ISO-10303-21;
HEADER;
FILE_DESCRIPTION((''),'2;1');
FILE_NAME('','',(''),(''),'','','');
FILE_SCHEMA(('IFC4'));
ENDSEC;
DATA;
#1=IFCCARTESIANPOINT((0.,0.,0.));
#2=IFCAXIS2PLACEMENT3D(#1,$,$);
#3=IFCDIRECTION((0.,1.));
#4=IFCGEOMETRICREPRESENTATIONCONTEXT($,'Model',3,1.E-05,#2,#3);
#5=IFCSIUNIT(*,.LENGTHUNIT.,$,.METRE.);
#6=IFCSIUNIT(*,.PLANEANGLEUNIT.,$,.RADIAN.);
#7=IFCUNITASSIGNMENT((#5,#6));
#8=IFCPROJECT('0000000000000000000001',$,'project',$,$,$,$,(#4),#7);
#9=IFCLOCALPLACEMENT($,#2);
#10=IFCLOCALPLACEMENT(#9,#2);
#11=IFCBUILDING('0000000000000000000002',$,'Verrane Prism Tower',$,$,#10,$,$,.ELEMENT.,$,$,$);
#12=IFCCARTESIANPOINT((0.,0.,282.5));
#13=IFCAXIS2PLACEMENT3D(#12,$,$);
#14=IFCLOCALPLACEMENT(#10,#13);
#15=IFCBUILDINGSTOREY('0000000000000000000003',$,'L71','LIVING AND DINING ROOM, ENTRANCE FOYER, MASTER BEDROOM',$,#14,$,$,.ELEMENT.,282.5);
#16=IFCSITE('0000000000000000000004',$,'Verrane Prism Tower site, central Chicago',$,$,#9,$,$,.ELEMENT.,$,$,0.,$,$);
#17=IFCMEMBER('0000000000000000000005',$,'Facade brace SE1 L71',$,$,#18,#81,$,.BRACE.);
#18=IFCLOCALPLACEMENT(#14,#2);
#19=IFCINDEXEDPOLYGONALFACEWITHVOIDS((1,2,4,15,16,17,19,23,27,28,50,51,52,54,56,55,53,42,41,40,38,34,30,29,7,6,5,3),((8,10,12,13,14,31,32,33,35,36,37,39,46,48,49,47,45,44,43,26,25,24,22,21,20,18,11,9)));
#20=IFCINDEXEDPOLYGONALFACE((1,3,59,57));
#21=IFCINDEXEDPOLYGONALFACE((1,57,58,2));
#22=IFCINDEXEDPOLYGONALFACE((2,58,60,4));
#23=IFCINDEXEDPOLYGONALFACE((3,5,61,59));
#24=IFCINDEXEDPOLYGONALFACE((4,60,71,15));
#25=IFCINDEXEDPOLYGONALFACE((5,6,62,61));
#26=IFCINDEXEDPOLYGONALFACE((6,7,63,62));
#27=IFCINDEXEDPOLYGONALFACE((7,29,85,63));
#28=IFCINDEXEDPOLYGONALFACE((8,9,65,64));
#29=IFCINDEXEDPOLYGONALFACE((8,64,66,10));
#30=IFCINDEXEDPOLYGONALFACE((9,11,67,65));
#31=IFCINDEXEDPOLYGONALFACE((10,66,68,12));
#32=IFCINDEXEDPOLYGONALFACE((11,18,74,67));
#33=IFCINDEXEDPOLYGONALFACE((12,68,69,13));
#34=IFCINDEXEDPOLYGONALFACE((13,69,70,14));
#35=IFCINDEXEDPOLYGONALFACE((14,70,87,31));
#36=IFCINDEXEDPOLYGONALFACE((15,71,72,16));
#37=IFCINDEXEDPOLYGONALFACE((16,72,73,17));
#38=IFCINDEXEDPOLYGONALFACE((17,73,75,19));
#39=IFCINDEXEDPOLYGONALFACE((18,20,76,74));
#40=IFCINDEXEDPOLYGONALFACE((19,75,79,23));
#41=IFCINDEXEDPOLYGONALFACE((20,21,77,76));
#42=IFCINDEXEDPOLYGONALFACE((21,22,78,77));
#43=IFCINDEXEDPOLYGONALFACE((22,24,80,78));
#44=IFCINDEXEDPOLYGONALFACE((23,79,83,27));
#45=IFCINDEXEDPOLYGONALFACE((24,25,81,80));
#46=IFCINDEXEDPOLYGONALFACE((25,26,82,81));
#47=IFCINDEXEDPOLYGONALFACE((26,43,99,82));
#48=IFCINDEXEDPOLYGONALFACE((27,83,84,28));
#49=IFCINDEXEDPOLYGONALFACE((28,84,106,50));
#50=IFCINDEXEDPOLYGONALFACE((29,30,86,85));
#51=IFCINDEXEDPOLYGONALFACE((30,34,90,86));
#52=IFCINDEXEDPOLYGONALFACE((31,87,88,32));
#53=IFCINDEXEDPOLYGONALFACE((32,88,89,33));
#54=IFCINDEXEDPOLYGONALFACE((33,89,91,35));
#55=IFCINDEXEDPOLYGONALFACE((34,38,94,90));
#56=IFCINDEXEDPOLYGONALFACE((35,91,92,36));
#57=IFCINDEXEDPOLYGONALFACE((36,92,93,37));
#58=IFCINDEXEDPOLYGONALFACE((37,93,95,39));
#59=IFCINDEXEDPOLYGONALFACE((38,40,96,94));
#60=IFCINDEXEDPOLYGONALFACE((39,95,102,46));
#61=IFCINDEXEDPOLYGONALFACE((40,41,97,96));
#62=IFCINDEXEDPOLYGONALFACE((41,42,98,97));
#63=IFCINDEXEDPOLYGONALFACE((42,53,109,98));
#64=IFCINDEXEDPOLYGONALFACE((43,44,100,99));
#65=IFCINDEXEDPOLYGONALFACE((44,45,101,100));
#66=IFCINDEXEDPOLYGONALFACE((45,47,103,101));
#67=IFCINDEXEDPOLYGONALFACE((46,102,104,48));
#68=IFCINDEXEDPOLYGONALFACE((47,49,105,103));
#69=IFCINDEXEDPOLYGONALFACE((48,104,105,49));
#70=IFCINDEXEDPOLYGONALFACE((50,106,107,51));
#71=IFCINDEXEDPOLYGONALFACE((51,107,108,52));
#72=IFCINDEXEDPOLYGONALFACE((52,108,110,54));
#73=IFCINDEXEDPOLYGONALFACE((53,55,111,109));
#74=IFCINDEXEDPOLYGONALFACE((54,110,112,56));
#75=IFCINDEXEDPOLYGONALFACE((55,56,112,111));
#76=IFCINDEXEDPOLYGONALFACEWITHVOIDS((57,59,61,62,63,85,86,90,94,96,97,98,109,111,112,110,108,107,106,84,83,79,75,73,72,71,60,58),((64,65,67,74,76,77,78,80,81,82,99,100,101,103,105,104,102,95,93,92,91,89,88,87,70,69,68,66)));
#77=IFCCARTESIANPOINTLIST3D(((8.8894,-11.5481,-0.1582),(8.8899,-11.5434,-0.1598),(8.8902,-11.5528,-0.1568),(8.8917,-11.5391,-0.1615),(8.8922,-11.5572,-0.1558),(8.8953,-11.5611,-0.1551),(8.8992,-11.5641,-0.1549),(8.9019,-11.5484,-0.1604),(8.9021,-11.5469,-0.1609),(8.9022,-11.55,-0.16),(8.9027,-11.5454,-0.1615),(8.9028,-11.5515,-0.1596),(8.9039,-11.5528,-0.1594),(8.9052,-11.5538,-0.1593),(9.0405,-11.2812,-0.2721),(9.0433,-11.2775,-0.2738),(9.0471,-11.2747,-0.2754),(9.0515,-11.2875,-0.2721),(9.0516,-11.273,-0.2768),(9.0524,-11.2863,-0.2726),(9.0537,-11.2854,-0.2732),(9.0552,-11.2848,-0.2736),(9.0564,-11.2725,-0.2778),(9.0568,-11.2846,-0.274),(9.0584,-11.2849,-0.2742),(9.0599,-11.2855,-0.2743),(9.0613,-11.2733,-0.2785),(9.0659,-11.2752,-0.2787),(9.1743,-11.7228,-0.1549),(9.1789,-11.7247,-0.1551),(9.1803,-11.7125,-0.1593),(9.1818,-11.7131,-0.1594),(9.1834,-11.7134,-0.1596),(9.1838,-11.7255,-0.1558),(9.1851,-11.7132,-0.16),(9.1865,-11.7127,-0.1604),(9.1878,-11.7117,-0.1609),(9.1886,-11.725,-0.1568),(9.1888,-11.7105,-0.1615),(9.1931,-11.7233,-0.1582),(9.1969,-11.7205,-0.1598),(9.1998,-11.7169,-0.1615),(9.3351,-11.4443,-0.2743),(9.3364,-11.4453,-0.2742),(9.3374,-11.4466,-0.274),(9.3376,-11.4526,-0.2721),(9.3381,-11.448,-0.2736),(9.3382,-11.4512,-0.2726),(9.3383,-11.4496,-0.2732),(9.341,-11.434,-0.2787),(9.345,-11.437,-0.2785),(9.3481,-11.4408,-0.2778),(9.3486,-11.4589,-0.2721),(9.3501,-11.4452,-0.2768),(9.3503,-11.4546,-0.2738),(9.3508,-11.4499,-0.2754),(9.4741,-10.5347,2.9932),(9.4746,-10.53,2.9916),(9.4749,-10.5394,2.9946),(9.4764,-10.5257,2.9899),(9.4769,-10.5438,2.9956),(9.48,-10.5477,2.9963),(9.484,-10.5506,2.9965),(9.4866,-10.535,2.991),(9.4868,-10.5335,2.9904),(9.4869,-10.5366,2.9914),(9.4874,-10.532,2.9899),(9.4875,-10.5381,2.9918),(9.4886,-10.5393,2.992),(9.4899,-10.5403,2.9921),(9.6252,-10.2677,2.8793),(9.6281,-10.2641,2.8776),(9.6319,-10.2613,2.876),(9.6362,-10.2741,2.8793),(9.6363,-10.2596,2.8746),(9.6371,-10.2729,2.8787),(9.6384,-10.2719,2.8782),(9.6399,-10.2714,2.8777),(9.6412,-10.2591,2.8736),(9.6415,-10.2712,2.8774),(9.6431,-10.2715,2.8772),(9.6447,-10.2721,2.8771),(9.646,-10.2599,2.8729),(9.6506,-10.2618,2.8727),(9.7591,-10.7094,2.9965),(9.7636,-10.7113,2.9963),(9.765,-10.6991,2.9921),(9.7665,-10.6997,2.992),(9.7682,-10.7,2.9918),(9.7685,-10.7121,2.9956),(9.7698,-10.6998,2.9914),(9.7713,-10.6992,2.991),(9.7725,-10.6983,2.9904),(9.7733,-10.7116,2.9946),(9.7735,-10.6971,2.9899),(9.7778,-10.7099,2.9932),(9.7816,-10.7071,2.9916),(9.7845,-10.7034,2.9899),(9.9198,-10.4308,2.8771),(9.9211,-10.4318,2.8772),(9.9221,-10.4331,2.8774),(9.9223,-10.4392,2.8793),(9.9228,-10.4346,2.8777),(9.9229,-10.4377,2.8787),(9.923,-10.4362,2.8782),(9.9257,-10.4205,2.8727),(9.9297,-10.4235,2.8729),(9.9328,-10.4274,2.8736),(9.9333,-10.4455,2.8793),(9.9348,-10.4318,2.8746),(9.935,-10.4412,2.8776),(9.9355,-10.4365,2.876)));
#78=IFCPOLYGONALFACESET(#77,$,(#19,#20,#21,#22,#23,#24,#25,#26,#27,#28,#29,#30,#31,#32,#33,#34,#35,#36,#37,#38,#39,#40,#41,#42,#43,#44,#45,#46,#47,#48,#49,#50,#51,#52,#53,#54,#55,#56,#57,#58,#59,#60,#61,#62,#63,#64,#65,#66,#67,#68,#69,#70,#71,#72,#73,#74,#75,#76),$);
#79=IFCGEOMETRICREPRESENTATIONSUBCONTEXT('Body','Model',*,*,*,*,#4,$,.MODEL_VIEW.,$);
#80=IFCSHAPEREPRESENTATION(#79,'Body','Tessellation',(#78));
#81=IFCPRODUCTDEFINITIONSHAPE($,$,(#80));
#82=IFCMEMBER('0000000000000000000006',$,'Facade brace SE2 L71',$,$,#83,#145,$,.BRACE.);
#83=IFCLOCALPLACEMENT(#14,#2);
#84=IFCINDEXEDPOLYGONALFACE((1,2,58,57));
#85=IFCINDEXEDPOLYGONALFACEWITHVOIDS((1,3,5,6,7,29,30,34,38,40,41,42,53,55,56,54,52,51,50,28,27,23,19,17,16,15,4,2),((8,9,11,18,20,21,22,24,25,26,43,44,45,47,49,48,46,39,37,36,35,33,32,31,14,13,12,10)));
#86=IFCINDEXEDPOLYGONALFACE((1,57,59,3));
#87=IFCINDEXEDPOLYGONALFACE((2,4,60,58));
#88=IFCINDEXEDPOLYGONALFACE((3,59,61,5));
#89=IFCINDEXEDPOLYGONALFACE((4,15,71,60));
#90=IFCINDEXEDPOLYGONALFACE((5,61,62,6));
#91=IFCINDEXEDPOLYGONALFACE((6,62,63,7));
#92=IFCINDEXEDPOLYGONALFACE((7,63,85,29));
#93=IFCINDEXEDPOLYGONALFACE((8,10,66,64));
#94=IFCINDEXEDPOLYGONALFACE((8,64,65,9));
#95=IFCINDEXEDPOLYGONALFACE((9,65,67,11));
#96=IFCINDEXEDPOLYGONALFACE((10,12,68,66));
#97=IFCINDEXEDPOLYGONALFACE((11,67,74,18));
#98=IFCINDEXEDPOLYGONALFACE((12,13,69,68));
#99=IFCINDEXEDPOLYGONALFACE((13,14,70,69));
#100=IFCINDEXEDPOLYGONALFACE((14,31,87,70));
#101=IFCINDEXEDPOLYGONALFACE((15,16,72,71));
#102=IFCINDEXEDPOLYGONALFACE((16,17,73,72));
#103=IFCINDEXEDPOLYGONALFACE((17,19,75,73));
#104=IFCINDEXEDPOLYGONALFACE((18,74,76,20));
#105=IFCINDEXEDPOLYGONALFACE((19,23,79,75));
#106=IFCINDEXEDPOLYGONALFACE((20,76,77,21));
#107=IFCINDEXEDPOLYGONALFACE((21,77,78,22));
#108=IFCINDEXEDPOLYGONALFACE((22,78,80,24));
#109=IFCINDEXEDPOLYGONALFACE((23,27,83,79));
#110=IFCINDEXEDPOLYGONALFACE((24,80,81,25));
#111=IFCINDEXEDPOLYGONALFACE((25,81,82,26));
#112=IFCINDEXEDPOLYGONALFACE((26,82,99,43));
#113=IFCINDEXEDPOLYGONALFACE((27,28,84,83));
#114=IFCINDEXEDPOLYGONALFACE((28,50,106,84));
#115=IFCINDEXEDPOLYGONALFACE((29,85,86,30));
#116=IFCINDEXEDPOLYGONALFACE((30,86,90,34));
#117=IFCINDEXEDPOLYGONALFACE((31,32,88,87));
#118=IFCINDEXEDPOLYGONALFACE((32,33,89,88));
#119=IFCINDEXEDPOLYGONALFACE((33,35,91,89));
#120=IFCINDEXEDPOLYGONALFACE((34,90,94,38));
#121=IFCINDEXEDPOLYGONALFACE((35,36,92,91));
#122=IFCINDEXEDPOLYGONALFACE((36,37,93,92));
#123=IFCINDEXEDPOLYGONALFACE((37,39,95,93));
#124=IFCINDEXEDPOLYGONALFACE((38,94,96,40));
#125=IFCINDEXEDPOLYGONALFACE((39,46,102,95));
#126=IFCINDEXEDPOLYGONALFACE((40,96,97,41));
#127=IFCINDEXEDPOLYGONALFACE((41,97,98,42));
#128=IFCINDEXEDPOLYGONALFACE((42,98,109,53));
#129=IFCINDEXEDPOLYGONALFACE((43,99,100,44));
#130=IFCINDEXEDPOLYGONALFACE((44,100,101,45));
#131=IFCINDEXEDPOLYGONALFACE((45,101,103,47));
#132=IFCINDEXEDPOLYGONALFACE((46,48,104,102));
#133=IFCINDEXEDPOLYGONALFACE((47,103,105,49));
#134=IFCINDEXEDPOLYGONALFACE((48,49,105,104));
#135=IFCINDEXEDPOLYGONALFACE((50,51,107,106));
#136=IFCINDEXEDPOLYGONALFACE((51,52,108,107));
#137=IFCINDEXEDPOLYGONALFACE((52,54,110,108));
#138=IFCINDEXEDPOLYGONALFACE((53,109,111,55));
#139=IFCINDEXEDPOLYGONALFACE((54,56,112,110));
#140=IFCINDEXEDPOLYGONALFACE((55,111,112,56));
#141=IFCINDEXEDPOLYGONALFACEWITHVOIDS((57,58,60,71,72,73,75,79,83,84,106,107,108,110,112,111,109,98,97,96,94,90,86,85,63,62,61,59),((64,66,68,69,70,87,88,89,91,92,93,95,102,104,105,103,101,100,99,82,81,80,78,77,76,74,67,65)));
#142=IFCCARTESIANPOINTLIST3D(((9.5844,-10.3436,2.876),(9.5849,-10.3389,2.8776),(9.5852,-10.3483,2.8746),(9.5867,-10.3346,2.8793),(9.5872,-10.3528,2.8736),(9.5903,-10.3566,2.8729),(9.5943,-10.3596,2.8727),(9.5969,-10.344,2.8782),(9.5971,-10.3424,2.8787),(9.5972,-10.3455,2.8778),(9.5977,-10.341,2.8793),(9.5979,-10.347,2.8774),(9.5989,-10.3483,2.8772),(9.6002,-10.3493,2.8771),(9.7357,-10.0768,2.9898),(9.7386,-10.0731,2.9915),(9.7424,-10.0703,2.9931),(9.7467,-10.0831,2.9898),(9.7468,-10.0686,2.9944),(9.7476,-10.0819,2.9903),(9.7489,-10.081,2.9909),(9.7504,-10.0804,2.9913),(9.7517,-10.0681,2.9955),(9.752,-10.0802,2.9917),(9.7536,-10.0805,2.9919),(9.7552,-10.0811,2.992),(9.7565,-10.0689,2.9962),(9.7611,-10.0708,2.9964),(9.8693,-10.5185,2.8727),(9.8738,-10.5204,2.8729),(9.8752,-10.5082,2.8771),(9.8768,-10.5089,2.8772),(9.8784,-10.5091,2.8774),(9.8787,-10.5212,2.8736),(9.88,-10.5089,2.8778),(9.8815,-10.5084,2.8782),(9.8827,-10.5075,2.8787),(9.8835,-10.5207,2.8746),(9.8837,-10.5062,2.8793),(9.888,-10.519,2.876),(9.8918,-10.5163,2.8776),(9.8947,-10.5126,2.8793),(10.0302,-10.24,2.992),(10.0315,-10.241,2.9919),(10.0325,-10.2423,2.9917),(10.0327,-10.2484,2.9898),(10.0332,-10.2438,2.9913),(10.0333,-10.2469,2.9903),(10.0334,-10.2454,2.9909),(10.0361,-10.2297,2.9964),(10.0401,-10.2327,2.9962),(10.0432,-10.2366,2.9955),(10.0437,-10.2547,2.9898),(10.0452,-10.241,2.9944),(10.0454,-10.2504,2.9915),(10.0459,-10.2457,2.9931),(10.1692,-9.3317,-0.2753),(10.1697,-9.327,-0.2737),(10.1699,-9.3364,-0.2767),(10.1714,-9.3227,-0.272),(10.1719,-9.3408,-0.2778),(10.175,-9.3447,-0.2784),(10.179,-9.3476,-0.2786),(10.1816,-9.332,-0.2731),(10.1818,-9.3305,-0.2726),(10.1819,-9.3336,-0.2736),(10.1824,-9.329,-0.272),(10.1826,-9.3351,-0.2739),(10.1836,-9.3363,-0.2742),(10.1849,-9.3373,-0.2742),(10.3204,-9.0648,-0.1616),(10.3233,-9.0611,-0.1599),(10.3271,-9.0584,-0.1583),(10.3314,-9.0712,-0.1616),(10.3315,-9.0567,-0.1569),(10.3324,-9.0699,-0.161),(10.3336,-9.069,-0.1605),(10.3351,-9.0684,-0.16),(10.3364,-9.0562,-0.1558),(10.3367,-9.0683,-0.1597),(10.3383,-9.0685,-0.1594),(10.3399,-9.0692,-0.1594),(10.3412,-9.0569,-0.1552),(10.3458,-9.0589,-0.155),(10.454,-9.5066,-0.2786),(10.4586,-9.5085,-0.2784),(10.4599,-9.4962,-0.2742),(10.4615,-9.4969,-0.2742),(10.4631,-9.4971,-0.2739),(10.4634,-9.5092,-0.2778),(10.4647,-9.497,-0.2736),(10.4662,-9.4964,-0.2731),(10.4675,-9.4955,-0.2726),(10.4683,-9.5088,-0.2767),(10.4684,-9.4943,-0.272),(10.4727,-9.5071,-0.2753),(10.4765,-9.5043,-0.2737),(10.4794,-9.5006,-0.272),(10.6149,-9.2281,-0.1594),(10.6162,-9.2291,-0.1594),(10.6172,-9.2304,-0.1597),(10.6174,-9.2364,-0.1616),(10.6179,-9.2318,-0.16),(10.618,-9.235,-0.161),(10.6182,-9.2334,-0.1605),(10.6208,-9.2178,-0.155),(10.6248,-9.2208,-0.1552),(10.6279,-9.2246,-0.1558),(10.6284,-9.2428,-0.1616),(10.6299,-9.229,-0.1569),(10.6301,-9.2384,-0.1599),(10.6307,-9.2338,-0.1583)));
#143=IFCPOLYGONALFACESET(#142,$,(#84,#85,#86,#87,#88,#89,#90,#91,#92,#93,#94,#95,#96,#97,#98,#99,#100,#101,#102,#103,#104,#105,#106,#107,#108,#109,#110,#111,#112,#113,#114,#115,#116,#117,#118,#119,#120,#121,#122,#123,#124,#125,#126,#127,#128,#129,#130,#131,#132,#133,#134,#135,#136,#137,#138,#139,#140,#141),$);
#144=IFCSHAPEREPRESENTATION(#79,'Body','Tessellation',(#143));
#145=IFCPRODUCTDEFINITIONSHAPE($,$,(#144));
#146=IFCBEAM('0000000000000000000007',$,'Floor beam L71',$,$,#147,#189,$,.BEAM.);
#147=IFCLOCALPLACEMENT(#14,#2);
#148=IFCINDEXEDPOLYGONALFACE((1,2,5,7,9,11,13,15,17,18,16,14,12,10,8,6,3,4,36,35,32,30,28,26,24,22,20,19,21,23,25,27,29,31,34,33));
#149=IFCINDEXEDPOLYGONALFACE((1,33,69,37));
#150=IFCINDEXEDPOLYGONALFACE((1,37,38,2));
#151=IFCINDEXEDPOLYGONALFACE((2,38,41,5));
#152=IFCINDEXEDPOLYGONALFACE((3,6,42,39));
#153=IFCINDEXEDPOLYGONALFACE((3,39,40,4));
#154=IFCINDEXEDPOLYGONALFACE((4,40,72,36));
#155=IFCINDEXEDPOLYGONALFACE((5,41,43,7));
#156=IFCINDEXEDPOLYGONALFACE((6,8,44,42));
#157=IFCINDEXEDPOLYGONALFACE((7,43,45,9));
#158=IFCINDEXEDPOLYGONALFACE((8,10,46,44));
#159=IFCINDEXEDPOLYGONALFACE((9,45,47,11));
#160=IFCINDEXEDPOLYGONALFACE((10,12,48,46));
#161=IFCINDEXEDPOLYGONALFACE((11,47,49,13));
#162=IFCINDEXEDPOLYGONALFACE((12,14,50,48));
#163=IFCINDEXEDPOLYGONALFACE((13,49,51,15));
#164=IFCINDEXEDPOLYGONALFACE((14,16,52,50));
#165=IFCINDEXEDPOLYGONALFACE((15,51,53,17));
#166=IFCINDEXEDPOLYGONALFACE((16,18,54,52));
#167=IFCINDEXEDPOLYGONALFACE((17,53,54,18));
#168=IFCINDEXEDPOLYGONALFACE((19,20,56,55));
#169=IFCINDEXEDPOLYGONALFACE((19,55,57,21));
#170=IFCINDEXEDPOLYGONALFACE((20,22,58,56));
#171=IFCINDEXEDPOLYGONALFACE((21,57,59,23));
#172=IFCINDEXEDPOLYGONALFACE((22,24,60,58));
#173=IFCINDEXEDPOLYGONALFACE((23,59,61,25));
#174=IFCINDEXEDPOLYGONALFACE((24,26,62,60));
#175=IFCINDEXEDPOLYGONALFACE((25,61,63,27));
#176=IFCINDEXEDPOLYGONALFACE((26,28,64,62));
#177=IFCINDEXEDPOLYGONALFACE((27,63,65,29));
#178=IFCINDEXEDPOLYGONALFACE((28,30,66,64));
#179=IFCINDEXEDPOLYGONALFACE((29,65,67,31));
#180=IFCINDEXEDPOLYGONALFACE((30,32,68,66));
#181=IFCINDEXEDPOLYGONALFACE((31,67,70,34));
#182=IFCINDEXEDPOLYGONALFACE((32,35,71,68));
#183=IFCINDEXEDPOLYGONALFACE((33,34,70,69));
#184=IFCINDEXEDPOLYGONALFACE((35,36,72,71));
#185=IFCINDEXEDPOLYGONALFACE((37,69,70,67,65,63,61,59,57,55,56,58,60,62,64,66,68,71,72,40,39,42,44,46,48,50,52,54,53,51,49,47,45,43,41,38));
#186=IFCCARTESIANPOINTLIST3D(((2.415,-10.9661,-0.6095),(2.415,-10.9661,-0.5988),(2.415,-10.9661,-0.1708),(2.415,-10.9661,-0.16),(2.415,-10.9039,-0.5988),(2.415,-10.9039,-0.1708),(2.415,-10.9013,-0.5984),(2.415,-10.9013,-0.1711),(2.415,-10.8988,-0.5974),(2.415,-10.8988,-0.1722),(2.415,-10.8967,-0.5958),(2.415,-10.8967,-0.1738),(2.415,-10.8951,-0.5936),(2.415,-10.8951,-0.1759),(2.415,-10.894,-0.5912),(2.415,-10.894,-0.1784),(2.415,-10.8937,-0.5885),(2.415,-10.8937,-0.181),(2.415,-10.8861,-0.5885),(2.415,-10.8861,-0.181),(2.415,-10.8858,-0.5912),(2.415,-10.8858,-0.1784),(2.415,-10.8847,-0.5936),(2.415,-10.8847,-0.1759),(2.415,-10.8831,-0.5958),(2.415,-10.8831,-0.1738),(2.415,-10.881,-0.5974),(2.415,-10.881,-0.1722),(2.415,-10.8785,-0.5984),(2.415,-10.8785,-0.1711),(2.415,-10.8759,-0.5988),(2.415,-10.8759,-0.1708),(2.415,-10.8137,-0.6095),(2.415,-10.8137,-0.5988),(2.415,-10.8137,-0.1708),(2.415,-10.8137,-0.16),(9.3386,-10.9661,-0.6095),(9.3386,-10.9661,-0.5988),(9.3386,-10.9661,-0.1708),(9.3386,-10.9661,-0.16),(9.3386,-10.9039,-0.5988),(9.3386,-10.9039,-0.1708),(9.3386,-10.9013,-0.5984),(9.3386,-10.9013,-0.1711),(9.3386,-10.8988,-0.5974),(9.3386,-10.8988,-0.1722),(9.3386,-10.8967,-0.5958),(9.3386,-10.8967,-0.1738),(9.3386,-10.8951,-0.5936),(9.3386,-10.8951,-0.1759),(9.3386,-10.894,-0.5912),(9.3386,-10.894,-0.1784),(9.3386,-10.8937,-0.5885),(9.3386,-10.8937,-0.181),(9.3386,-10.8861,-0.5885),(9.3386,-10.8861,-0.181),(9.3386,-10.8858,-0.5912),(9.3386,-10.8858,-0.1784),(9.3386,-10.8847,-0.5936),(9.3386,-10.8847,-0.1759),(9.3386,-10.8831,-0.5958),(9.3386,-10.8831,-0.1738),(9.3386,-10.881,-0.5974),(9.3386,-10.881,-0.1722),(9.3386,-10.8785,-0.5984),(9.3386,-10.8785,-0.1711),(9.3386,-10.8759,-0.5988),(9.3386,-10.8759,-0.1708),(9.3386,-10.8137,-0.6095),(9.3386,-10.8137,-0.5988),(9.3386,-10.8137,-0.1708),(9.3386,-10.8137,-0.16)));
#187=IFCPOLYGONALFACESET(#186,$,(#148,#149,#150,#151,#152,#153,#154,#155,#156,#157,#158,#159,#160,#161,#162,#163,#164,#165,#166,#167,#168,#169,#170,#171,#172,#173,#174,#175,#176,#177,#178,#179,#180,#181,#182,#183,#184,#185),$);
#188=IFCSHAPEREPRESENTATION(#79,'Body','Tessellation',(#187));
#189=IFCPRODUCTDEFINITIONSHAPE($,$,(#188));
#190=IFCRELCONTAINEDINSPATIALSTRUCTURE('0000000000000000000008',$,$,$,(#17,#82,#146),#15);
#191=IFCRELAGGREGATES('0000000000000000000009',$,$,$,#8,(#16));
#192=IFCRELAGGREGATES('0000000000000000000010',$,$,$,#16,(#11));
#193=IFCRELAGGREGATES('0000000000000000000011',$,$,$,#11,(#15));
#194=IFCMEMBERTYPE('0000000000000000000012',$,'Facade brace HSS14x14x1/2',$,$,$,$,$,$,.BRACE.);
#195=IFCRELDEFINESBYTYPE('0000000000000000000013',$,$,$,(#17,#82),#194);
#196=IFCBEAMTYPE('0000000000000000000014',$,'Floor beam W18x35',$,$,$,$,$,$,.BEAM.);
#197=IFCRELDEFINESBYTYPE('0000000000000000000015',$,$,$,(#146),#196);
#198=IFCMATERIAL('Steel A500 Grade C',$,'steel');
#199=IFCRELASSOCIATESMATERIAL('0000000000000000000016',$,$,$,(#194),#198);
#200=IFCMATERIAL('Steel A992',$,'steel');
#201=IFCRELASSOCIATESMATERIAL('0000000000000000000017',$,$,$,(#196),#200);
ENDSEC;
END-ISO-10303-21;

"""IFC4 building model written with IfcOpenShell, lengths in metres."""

from ifc_helpers import new_model, si_unit, direction, frame, origin, origin_2d, place, context, subcontext, project, spatial, hollow_rectangle, i_section, extrude, material, material_profile, profile_set, type_object, element, save


model = new_model("IFC4")

# Units and contexts
model_context = context("Model", 3, precision=1e-05, world=origin(), true_north=direction((0.0, 1.0)))
body_context = subcontext(model_context, "Body", "Model", "MODEL_VIEW")
ifc_project = project(units=[si_unit("LENGTHUNIT", "METRE"), si_unit("PLANEANGLEUNIT", "RADIAN")], contexts=[model_context])

# Site, building, storey
site_placement = place(None, origin())
site = spatial("IfcSite", under=ifc_project, at=site_placement, Name="Verrane Prism Tower site, central Chicago", CompositionType="ELEMENT", RefElevation=0.0)
building_placement = place(site_placement, origin())
building = spatial("IfcBuilding", under=site, at=building_placement, Name="Verrane Prism Tower", CompositionType="ELEMENT")
storey_placement = place(building_placement, frame((0.0, 0.0, 282.5)))
storey = spatial("IfcBuildingStorey", under=building, at=storey_placement, Name="L71", Description="LIVING AND DINING ROOM, ENTRANCE FOYER, MASTER BEDROOM", CompositionType="ELEMENT", Elevation=282.5)

# Members
ifc_material_1 = material(Name="Steel A500 Grade C", Category="steel")
ifc_material_profile_1 = material_profile(ifc_material_1, hollow_rectangle(XDim=0.3557, YDim=0.3557, WallThickness=0.0127, InnerFilletRadius=0.0063, OuterFilletRadius=0.019, at=origin_2d()), Name="HSS14x14x1/2")
ifc_profile_set_1 = profile_set([ifc_material_profile_1], Name="Steel A500 Grade C")
member_type_1 = type_object("IfcMemberType", Name="Facade brace HSS14x14x1/2", PredefinedType="BRACE", material=ifc_profile_set_1)
member_1_placement = place(storey_placement, frame((9.1201, -11.499, -0.2168), z_axis=(0.173942, 0.301476, 0.937473), x_axis=(-0.866168, 0.499753, 0.0)))
element("IfcMember", 1, at=member_1_placement, inside=storey, type_object=member_type_1, Name="Facade brace SE1 L71", PredefinedType="BRACE", context=body_context, shape_type="SweptSolid", body=[
    extrude(hollow_rectangle(XDim=0.3557, YDim=0.3557, WallThickness=0.0127, InnerFilletRadius=0.0063, OuterFilletRadius=0.019, at=origin_2d()), origin(), (0.0, 0.0, 1.0), 3.3616),
])
member_2_placement = place(storey_placement, frame((10.3999, -9.2827, -0.2168), z_axis=(-0.173965, -0.30108, 0.937596), x_axis=(0.865855, -0.500295, 0.0)))
element("IfcMember", 2, at=member_2_placement, inside=storey, type_object=member_type_1, Name="Facade brace SE2 L71", PredefinedType="BRACE", context=body_context, shape_type="SweptSolid", body=[
    extrude(hollow_rectangle(XDim=0.3557, YDim=0.3557, WallThickness=0.0127, InnerFilletRadius=0.0063, OuterFilletRadius=0.019, at=origin_2d()), origin(), (0.0, 0.0, 1.0), 3.3611),
])

# Beam
ifc_material_2 = material(Name="Steel A992", Category="steel")
ifc_material_profile_2 = material_profile(ifc_material_2, i_section(OverallWidth=0.1523, OverallDepth=0.4495, WebThickness=0.0076, FlangeThickness=0.0107, FilletRadius=0.0103, at=origin_2d()), Name="W18x35")
ifc_profile_set_2 = profile_set([ifc_material_profile_2], Name="Steel A992")
beam_type_1 = type_object("IfcBeamType", Name="Floor beam W18x35", PredefinedType="BEAM", material=ifc_profile_set_2)
beam_1_placement = place(storey_placement, frame((2.415, -10.8899, -0.3848), z_axis=(1.0, 0.0, 0.0), x_axis=(0.0, 1.0, 0.0)))
element("IfcBeam", 3, at=beam_1_placement, inside=storey, type_object=beam_type_1, Name="Floor beam L71", PredefinedType="BEAM", context=body_context, shape_type="SweptSolid", body=[
    extrude(i_section(OverallWidth=0.1523, OverallDepth=0.4495, WebThickness=0.0076, FlangeThickness=0.0107, FilletRadius=0.0103, at=origin_2d()), origin(), (0.0, 0.0, 1.0), 6.9236),
])

save(model, "model.ifc")
